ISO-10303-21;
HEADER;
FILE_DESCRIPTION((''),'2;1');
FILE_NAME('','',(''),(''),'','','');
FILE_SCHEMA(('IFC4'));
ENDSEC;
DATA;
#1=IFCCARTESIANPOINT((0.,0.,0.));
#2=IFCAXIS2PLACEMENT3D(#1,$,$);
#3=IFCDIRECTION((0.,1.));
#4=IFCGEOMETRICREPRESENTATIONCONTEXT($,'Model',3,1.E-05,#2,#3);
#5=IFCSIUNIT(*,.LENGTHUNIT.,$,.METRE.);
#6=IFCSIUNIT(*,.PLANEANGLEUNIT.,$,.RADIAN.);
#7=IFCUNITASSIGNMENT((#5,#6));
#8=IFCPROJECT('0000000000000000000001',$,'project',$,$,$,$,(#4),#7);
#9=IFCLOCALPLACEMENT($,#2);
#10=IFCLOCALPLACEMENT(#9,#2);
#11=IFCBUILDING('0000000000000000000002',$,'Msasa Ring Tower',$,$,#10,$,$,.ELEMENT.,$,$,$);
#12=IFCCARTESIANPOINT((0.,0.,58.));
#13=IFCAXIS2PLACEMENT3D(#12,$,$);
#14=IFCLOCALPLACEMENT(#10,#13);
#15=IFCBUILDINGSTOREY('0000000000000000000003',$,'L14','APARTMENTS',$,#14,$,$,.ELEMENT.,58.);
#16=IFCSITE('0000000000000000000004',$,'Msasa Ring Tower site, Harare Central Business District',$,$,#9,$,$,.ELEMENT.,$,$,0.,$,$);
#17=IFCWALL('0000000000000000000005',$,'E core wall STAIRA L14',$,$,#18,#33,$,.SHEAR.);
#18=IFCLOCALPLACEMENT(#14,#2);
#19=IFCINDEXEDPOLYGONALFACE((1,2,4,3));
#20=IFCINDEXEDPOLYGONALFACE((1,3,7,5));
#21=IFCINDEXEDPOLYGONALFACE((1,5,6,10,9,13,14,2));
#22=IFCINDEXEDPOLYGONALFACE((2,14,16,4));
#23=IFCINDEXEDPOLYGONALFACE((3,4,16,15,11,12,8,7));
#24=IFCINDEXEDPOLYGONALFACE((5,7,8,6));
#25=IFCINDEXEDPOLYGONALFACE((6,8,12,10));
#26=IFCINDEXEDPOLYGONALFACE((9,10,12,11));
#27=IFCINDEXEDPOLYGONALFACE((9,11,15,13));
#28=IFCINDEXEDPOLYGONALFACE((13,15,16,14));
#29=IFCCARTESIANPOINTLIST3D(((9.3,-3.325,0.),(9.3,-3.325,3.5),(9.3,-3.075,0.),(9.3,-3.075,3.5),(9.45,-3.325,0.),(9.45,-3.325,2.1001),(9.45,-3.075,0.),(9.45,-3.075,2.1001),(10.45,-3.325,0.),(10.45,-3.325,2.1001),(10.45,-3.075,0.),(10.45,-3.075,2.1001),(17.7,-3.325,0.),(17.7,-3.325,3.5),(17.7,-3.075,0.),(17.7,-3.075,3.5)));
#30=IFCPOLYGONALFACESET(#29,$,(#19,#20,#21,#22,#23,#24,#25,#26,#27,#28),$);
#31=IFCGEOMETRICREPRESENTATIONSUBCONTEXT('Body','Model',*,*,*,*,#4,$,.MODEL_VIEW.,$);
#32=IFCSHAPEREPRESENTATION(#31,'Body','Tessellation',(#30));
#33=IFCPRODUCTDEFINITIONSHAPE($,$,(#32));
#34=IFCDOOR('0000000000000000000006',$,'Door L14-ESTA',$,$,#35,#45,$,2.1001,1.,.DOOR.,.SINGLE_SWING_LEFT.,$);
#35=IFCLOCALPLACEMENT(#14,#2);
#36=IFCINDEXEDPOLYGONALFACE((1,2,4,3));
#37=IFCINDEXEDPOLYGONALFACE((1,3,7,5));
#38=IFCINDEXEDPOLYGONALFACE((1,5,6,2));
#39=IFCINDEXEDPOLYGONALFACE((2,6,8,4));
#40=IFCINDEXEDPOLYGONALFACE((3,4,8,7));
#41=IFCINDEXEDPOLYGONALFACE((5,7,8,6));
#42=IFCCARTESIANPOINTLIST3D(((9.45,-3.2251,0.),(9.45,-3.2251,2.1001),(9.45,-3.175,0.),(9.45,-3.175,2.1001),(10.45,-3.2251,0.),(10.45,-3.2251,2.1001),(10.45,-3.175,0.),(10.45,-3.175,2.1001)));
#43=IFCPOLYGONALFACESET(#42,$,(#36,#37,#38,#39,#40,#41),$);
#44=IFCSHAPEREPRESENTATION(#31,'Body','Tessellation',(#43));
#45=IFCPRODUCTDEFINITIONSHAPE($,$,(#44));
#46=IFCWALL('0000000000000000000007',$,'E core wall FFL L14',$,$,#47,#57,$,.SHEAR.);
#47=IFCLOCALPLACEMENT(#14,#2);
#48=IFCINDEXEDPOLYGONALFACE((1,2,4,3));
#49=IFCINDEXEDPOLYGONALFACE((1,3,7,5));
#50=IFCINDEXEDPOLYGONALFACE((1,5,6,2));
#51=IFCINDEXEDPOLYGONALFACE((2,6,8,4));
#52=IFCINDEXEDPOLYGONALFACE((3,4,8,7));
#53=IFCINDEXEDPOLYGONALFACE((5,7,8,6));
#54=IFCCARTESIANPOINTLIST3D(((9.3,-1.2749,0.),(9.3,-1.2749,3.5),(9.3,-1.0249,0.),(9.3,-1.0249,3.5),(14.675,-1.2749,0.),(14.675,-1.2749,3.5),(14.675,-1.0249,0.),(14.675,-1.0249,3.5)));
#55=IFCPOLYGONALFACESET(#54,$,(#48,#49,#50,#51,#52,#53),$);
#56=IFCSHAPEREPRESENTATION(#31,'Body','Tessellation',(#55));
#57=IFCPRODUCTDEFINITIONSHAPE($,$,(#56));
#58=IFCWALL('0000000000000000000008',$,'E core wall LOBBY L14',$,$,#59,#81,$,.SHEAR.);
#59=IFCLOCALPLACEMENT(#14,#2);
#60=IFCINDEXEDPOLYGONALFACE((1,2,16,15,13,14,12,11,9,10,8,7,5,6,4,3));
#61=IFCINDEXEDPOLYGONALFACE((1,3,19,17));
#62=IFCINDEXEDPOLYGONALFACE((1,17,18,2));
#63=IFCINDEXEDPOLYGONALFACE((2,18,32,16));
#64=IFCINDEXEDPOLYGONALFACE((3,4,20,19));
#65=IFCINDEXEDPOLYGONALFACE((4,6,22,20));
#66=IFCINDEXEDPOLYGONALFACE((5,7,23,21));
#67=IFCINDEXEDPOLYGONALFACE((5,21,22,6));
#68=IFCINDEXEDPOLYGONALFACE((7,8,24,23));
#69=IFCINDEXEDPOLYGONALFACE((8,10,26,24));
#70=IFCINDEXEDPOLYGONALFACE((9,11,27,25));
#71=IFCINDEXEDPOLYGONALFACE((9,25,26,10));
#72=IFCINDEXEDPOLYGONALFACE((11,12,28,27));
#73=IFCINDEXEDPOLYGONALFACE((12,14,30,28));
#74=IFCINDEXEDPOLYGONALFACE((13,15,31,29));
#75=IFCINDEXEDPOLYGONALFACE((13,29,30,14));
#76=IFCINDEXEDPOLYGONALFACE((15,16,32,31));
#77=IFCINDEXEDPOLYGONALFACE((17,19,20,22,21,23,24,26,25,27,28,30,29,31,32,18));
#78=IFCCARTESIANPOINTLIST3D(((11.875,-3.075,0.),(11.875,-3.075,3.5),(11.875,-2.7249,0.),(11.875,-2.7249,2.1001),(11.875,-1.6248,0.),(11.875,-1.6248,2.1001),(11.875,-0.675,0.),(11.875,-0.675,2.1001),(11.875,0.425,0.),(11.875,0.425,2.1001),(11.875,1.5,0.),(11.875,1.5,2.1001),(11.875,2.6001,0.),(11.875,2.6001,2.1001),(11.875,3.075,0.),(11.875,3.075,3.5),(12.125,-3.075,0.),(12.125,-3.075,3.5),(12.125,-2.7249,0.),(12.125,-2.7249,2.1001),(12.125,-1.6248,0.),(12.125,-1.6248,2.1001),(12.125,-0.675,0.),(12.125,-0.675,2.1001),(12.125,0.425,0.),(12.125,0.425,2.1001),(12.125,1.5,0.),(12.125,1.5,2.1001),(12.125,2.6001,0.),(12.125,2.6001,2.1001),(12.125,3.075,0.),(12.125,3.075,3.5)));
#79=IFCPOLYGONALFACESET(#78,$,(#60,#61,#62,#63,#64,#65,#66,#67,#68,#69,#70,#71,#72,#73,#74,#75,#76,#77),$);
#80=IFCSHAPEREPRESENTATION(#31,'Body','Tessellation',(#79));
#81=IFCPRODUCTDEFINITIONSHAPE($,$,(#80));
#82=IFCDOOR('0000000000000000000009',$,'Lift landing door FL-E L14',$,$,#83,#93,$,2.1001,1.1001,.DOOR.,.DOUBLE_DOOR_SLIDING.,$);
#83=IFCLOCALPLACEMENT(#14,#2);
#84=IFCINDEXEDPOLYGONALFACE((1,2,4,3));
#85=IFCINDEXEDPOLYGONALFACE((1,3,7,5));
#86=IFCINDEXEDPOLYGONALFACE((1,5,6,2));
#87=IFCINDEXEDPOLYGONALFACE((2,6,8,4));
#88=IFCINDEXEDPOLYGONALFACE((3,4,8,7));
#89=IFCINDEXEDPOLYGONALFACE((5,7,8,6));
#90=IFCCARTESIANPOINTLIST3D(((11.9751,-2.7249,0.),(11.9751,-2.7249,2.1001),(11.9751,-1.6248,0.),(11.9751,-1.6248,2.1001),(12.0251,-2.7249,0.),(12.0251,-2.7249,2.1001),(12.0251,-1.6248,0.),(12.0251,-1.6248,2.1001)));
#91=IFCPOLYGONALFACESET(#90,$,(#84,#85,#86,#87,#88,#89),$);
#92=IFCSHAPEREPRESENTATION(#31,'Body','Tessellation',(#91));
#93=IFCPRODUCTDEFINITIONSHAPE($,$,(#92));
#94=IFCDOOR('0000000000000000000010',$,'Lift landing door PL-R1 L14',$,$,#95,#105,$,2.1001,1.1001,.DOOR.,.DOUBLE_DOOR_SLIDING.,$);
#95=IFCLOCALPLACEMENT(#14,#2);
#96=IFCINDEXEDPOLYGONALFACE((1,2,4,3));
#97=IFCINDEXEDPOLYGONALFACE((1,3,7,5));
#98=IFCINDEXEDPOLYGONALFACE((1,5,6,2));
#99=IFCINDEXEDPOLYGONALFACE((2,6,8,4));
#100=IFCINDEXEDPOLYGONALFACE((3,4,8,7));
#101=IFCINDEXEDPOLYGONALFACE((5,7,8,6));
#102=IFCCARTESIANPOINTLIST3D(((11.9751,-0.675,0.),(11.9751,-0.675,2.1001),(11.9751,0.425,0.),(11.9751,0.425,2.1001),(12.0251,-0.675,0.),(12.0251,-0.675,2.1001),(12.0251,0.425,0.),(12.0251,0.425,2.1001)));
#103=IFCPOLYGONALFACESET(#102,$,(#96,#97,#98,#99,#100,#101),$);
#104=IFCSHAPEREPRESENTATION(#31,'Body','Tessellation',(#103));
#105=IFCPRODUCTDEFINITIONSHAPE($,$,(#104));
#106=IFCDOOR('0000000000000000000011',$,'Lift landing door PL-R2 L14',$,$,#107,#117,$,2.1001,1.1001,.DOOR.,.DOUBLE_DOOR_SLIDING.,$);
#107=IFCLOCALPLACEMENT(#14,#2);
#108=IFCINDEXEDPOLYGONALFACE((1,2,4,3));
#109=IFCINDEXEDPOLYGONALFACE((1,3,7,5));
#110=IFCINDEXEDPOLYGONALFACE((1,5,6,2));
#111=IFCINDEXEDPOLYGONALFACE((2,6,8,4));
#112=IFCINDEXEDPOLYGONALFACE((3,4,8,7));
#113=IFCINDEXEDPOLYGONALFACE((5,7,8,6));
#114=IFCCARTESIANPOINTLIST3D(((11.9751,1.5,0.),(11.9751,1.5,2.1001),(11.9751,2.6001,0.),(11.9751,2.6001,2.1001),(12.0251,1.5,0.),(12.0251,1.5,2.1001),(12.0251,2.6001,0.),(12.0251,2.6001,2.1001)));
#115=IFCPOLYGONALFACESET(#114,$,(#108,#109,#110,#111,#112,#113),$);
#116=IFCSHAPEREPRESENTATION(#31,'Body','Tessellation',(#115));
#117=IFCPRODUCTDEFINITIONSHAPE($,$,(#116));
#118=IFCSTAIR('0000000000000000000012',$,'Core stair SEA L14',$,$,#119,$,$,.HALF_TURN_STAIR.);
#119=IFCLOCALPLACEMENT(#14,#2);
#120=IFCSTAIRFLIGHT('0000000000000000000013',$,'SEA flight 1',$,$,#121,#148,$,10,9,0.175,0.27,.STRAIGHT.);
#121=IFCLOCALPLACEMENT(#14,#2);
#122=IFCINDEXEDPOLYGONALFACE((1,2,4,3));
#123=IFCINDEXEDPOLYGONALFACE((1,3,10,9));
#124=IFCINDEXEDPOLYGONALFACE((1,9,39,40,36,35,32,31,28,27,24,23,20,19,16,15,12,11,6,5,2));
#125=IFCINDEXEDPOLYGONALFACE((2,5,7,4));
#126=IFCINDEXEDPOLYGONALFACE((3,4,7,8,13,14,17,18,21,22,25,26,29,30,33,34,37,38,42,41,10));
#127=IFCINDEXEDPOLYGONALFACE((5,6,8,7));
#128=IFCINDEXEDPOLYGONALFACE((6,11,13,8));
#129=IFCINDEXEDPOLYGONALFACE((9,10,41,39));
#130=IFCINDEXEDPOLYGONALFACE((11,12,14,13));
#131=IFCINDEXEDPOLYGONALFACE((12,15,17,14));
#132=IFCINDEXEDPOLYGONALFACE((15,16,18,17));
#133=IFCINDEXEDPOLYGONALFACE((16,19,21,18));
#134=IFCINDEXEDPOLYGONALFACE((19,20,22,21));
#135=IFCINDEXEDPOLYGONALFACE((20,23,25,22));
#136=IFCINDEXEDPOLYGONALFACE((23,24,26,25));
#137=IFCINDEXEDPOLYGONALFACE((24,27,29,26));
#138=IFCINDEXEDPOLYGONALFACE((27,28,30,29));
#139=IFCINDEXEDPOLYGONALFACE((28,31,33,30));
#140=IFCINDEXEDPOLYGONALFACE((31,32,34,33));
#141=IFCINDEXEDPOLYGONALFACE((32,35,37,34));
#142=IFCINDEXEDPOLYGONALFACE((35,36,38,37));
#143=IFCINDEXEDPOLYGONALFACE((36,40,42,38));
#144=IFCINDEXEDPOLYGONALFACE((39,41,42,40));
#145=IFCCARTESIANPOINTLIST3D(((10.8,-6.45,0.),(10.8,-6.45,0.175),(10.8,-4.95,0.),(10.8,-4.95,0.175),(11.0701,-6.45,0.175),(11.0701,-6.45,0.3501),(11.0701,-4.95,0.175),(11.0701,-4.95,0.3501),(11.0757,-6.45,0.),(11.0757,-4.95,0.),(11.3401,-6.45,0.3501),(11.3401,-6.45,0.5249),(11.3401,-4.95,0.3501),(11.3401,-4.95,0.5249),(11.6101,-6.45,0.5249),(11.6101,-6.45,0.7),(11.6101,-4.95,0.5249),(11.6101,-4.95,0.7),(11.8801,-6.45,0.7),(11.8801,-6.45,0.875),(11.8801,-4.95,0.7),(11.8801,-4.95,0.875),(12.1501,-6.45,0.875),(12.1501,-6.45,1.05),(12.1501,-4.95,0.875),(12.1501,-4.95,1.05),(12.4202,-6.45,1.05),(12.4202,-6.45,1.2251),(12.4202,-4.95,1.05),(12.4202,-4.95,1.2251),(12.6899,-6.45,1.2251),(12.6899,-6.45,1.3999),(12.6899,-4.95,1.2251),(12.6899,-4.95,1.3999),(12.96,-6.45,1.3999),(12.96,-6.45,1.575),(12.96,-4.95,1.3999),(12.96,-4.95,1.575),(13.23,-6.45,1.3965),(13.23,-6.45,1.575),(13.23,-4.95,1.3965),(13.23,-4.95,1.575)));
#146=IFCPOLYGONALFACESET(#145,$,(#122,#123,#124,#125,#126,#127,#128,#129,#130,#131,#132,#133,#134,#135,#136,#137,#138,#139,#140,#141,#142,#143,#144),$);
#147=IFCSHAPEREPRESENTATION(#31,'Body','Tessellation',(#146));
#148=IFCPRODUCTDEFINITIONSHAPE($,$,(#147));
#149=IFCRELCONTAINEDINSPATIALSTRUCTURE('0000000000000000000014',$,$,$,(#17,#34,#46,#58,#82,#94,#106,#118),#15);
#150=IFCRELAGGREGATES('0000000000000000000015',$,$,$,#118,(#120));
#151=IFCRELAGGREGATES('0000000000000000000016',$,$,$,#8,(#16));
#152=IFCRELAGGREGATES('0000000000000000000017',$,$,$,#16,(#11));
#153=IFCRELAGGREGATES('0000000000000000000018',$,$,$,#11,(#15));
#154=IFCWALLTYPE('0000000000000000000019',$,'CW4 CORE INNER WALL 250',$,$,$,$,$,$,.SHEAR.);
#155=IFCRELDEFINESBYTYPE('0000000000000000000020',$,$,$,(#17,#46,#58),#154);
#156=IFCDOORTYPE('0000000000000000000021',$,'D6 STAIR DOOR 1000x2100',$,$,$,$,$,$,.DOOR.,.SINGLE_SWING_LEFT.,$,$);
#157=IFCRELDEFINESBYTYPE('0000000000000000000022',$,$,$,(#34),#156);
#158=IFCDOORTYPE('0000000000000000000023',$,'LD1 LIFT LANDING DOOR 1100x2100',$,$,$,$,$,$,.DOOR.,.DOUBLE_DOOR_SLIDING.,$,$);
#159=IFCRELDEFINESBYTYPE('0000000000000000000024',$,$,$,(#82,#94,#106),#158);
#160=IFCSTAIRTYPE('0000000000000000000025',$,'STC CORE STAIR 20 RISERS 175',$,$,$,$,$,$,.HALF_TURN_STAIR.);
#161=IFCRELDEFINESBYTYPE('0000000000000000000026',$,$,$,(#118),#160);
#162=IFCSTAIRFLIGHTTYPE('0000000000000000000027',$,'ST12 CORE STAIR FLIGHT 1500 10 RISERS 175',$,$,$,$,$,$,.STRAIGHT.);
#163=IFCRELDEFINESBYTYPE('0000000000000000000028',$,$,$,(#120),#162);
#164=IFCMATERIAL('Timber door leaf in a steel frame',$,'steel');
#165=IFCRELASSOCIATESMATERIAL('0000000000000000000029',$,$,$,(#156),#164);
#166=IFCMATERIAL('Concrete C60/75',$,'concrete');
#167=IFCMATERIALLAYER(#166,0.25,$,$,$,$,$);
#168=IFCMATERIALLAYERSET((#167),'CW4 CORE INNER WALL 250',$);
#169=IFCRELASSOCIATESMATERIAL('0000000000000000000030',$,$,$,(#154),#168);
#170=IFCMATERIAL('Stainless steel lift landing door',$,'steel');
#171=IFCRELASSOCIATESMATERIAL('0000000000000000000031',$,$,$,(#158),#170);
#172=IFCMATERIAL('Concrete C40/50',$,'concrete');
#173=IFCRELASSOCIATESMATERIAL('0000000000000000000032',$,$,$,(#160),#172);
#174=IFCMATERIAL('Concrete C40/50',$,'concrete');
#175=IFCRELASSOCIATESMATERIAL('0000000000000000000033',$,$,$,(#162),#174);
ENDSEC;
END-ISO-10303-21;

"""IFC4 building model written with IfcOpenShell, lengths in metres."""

from ifc_helpers import new_model, si_unit, direction, frame, frame_2d, origin, place, context, subcontext, project, spatial, polyline, rectangle, outline, extrude, material, layer, layer_set, type_object, element, fill, aggregate, save


model = new_model("IFC4")

# Units and contexts
model_context = context("Model", 3, precision=1e-05, world=origin(), true_north=direction((0.0, 1.0)))
body_context = subcontext(model_context, "Body", "Model", "MODEL_VIEW")
ifc_project = project(units=[si_unit("LENGTHUNIT", "METRE"), si_unit("PLANEANGLEUNIT", "RADIAN")], contexts=[model_context])

# Site, building, storey
site_placement = place(None, origin())
site = spatial("IfcSite", under=ifc_project, at=site_placement, Name="Msasa Ring Tower site, Harare Central Business District", CompositionType="ELEMENT", RefElevation=0.0)
building_placement = place(site_placement, origin())
building = spatial("IfcBuilding", under=site, at=building_placement, Name="Msasa Ring Tower", CompositionType="ELEMENT")
storey_placement = place(building_placement, frame((0.0, 0.0, 58.0)))
storey = spatial("IfcBuildingStorey", under=building, at=storey_placement, Name="L14", Description="APARTMENTS", CompositionType="ELEMENT", Elevation=58.0)

# Shared definitions
ifc_material_1 = material(Name="Timber door leaf in a steel frame", Category="steel")
door_type_1 = type_object("IfcDoorType", Name="D6 STAIR DOOR 1000x2100", OperationType="SINGLE_SWING_LEFT", PredefinedType="DOOR", material=ifc_material_1)

# Wall, opening, door
ifc_material_2 = material(Name="Concrete C60/75", Category="concrete")
ifc_layer_1 = layer(ifc_material_2, 0.25)
ifc_layer_set_1 = layer_set([ifc_layer_1], Name="CW4 CORE INNER WALL 250")
wall_type_1 = type_object("IfcWallType", Name="CW4 CORE INNER WALL 250", PredefinedType="SHEAR", material=ifc_layer_set_1)
wall_1_placement = place(storey_placement, frame((9.3, -3.2, 0.0), z_axis=(0.0, 0.0, 1.0), x_axis=(1.0, 0.0, 0.0)))
wall_1 = element("IfcWall", 1, at=wall_1_placement, inside=storey, type_object=wall_type_1, Name="E core wall STAIRA L14", PredefinedType="SHEAR", context=body_context, shape_type="SweptSolid", body=[
    extrude(rectangle(XDim=8.3999, YDim=0.25, at=frame_2d((4.2, 0.0))), origin(), (0.0, 0.0, 1.0), 3.5),
])
opening_1_placement = place(wall_1_placement, frame((0.1499, 0.0, 0.0)))
opening_1 = element("IfcOpeningElement", 2, at=opening_1_placement, cuts=wall_1, PredefinedType="OPENING", context=body_context, shape_type="SweptSolid", body=[
    extrude(rectangle(XDim=1.0, YDim=2.1001, at=frame_2d((0.5, 1.05))), frame((0.0, 0.135, 0.0), z_axis=(0.0, -1.0, 0.0), x_axis=(1.0, 0.0, 0.0)), (0.0, 0.0, 1.0), 0.27),
])
door_1_placement = place(opening_1_placement, origin())
door_1 = element("IfcDoor", 3, at=door_1_placement, inside=storey, type_object=door_type_1, Name="Door L14-ESTA", OperationType="SINGLE_SWING_LEFT", OverallHeight=2.1001, OverallWidth=1.0, PredefinedType="DOOR", context=body_context, shape_type="SweptSolid", body=[
    extrude(rectangle(XDim=1.0, YDim=2.1001, at=frame_2d((0.5, 1.05))), frame((0.0, 0.0249, 0.0), z_axis=(0.0, -1.0, 0.0), x_axis=(1.0, 0.0, 0.0)), (0.0, 0.0, 1.0), 0.05),
])
fill(opening_1, door_1)

# Wall
wall_2_placement = place(storey_placement, frame((9.3, -1.1499, 0.0), z_axis=(0.0, 0.0, 1.0), x_axis=(1.0, 0.0, 0.0)))
element("IfcWall", 4, at=wall_2_placement, inside=storey, type_object=wall_type_1, Name="E core wall FFL L14", PredefinedType="SHEAR", context=body_context, shape_type="SweptSolid", body=[
    extrude(rectangle(XDim=5.375, YDim=0.25, at=frame_2d((2.6875, 0.0))), origin(), (0.0, 0.0, 1.0), 3.5),
])

# Wall, openings, doors
wall_3_placement = place(storey_placement, frame((12.0, -3.075, 0.0), z_axis=(0.0, 0.0, 1.0), x_axis=(0.0, 1.0, 0.0)))
wall_3 = element("IfcWall", 5, at=wall_3_placement, inside=storey, type_object=wall_type_1, Name="E core wall LOBBY L14", PredefinedType="SHEAR", context=body_context, shape_type="SweptSolid", body=[
    extrude(rectangle(XDim=6.1499, YDim=0.25, at=frame_2d((3.075, 0.0))), origin(), (0.0, 0.0, 1.0), 3.5),
])
opening_2_placement = place(wall_3_placement, frame((0.3501, 0.0, 0.0)))
opening_2 = element("IfcOpeningElement", 6, at=opening_2_placement, cuts=wall_3, PredefinedType="OPENING", context=body_context, shape_type="SweptSolid", body=[
    extrude(rectangle(XDim=1.1001, YDim=2.1001, at=frame_2d((0.55, 1.05))), frame((0.0, 0.135, 0.0), z_axis=(0.0, -1.0, 0.0), x_axis=(1.0, 0.0, 0.0)), (0.0, 0.0, 1.0), 0.27),
])
opening_3_placement = place(wall_3_placement, frame((2.3999, 0.0, 0.0)))
opening_3 = element("IfcOpeningElement", 7, at=opening_3_placement, cuts=wall_3, PredefinedType="OPENING", context=body_context, shape_type="SweptSolid", body=[
    extrude(rectangle(XDim=1.1001, YDim=2.1001, at=frame_2d((0.55, 1.05))), frame((0.0, 0.135, 0.0), z_axis=(0.0, -1.0, 0.0), x_axis=(1.0, 0.0, 0.0)), (0.0, 0.0, 1.0), 0.27),
])
opening_4_placement = place(wall_3_placement, frame((4.575, 0.0, 0.0)))
opening_4 = element("IfcOpeningElement", 8, at=opening_4_placement, cuts=wall_3, PredefinedType="OPENING", context=body_context, shape_type="SweptSolid", body=[
    extrude(rectangle(XDim=1.1001, YDim=2.1001, at=frame_2d((0.55, 1.05))), frame((0.0, 0.135, 0.0), z_axis=(0.0, -1.0, 0.0), x_axis=(1.0, 0.0, 0.0)), (0.0, 0.0, 1.0), 0.27),
])
ifc_material_3 = material(Name="Stainless steel lift landing door", Category="steel")
door_type_2 = type_object("IfcDoorType", Name="LD1 LIFT LANDING DOOR 1100x2100", OperationType="DOUBLE_DOOR_SLIDING", PredefinedType="DOOR", material=ifc_material_3)
door_2_placement = place(opening_2_placement, origin())
door_2 = element("IfcDoor", 9, at=door_2_placement, inside=storey, type_object=door_type_2, Name="Lift landing door FL-E L14", OperationType="DOUBLE_DOOR_SLIDING", OverallHeight=2.1001, OverallWidth=1.1001, PredefinedType="DOOR", context=body_context, shape_type="SweptSolid", body=[
    extrude(rectangle(XDim=1.1001, YDim=2.1001, at=frame_2d((0.55, 1.05))), frame((0.0, 0.0249, 0.0), z_axis=(0.0, -1.0, 0.0), x_axis=(1.0, 0.0, 0.0)), (0.0, 0.0, 1.0), 0.05),
])
fill(opening_2, door_2)
door_3_placement = place(opening_3_placement, origin())
door_3 = element("IfcDoor", 10, at=door_3_placement, inside=storey, type_object=door_type_2, Name="Lift landing door PL-R1 L14", OperationType="DOUBLE_DOOR_SLIDING", OverallHeight=2.1001, OverallWidth=1.1001, PredefinedType="DOOR", context=body_context, shape_type="SweptSolid", body=[
    extrude(rectangle(XDim=1.1001, YDim=2.1001, at=frame_2d((0.55, 1.05))), frame((0.0, 0.0249, 0.0), z_axis=(0.0, -1.0, 0.0), x_axis=(1.0, 0.0, 0.0)), (0.0, 0.0, 1.0), 0.05),
])
fill(opening_3, door_3)
door_4_placement = place(opening_4_placement, origin())
door_4 = element("IfcDoor", 11, at=door_4_placement, inside=storey, type_object=door_type_2, Name="Lift landing door PL-R2 L14", OperationType="DOUBLE_DOOR_SLIDING", OverallHeight=2.1001, OverallWidth=1.1001, PredefinedType="DOOR", context=body_context, shape_type="SweptSolid", body=[
    extrude(rectangle(XDim=1.1001, YDim=2.1001, at=frame_2d((0.55, 1.05))), frame((0.0, 0.0249, 0.0), z_axis=(0.0, -1.0, 0.0), x_axis=(1.0, 0.0, 0.0)), (0.0, 0.0, 1.0), 0.05),
])
fill(opening_4, door_4)

# Stair, stair flight
ifc_material_4 = material(Name="Concrete C40/50", Category="concrete")
stair_type = type_object("IfcStairType", Name="STC CORE STAIR 20 RISERS 175", PredefinedType="HALF_TURN_STAIR", material=ifc_material_4)
stair_placement = place(storey_placement, origin())
stair = element("IfcStair", 12, at=stair_placement, inside=storey, type_object=stair_type, Name="Core stair SEA L14", PredefinedType="HALF_TURN_STAIR")
ifc_material_5 = material(Name="Concrete C40/50", Category="concrete")
stair_flight_type = type_object("IfcStairFlightType", Name="ST12 CORE STAIR FLIGHT 1500 10 RISERS 175", PredefinedType="STRAIGHT", material=ifc_material_5)
stair_flight_1_placement = place(storey_placement, frame((10.8, -5.7, 0.0), z_axis=(0.0, 0.0, 1.0), x_axis=(1.0, 0.0, 0.0)))
stair_flight_1 = element("IfcStairFlight", 13, at=stair_flight_1_placement, type_object=stair_flight_type, Name="SEA flight 1", NumberOfRisers=10, NumberOfTreads=9, PredefinedType="STRAIGHT", RiserHeight=0.175, TreadLength=0.27, context=body_context, shape_type="SweptSolid", body=[
    extrude(outline(polyline([(0.0, 0.0), (0.0, 0.175), (0.27, 0.175), (0.27, 0.3501), (0.54, 0.3501), (0.54, 0.5249), (0.8101, 0.5249), (0.8101, 0.7), (1.0801, 0.7), (1.0801, 0.875), (1.3501, 0.875), (1.3501, 1.05), (1.6201, 1.05), (1.6201, 1.2251), (1.8899, 1.2251), (1.8899, 1.3999), (2.1599, 1.3999), (2.1599, 1.575), (2.4299, 1.575), (2.4299, 1.75), (2.4299, 1.3965), (0.2756, 0.0), (0.0, 0.0)])), frame((0.0, 0.75, 0.0), z_axis=(0.0, -1.0, 0.0), x_axis=(1.0, 0.0, 0.0)), (0.0, 0.0, 1.0), 1.5),
])
aggregate(stair, [stair_flight_1])

save(model, "model.ifc")
